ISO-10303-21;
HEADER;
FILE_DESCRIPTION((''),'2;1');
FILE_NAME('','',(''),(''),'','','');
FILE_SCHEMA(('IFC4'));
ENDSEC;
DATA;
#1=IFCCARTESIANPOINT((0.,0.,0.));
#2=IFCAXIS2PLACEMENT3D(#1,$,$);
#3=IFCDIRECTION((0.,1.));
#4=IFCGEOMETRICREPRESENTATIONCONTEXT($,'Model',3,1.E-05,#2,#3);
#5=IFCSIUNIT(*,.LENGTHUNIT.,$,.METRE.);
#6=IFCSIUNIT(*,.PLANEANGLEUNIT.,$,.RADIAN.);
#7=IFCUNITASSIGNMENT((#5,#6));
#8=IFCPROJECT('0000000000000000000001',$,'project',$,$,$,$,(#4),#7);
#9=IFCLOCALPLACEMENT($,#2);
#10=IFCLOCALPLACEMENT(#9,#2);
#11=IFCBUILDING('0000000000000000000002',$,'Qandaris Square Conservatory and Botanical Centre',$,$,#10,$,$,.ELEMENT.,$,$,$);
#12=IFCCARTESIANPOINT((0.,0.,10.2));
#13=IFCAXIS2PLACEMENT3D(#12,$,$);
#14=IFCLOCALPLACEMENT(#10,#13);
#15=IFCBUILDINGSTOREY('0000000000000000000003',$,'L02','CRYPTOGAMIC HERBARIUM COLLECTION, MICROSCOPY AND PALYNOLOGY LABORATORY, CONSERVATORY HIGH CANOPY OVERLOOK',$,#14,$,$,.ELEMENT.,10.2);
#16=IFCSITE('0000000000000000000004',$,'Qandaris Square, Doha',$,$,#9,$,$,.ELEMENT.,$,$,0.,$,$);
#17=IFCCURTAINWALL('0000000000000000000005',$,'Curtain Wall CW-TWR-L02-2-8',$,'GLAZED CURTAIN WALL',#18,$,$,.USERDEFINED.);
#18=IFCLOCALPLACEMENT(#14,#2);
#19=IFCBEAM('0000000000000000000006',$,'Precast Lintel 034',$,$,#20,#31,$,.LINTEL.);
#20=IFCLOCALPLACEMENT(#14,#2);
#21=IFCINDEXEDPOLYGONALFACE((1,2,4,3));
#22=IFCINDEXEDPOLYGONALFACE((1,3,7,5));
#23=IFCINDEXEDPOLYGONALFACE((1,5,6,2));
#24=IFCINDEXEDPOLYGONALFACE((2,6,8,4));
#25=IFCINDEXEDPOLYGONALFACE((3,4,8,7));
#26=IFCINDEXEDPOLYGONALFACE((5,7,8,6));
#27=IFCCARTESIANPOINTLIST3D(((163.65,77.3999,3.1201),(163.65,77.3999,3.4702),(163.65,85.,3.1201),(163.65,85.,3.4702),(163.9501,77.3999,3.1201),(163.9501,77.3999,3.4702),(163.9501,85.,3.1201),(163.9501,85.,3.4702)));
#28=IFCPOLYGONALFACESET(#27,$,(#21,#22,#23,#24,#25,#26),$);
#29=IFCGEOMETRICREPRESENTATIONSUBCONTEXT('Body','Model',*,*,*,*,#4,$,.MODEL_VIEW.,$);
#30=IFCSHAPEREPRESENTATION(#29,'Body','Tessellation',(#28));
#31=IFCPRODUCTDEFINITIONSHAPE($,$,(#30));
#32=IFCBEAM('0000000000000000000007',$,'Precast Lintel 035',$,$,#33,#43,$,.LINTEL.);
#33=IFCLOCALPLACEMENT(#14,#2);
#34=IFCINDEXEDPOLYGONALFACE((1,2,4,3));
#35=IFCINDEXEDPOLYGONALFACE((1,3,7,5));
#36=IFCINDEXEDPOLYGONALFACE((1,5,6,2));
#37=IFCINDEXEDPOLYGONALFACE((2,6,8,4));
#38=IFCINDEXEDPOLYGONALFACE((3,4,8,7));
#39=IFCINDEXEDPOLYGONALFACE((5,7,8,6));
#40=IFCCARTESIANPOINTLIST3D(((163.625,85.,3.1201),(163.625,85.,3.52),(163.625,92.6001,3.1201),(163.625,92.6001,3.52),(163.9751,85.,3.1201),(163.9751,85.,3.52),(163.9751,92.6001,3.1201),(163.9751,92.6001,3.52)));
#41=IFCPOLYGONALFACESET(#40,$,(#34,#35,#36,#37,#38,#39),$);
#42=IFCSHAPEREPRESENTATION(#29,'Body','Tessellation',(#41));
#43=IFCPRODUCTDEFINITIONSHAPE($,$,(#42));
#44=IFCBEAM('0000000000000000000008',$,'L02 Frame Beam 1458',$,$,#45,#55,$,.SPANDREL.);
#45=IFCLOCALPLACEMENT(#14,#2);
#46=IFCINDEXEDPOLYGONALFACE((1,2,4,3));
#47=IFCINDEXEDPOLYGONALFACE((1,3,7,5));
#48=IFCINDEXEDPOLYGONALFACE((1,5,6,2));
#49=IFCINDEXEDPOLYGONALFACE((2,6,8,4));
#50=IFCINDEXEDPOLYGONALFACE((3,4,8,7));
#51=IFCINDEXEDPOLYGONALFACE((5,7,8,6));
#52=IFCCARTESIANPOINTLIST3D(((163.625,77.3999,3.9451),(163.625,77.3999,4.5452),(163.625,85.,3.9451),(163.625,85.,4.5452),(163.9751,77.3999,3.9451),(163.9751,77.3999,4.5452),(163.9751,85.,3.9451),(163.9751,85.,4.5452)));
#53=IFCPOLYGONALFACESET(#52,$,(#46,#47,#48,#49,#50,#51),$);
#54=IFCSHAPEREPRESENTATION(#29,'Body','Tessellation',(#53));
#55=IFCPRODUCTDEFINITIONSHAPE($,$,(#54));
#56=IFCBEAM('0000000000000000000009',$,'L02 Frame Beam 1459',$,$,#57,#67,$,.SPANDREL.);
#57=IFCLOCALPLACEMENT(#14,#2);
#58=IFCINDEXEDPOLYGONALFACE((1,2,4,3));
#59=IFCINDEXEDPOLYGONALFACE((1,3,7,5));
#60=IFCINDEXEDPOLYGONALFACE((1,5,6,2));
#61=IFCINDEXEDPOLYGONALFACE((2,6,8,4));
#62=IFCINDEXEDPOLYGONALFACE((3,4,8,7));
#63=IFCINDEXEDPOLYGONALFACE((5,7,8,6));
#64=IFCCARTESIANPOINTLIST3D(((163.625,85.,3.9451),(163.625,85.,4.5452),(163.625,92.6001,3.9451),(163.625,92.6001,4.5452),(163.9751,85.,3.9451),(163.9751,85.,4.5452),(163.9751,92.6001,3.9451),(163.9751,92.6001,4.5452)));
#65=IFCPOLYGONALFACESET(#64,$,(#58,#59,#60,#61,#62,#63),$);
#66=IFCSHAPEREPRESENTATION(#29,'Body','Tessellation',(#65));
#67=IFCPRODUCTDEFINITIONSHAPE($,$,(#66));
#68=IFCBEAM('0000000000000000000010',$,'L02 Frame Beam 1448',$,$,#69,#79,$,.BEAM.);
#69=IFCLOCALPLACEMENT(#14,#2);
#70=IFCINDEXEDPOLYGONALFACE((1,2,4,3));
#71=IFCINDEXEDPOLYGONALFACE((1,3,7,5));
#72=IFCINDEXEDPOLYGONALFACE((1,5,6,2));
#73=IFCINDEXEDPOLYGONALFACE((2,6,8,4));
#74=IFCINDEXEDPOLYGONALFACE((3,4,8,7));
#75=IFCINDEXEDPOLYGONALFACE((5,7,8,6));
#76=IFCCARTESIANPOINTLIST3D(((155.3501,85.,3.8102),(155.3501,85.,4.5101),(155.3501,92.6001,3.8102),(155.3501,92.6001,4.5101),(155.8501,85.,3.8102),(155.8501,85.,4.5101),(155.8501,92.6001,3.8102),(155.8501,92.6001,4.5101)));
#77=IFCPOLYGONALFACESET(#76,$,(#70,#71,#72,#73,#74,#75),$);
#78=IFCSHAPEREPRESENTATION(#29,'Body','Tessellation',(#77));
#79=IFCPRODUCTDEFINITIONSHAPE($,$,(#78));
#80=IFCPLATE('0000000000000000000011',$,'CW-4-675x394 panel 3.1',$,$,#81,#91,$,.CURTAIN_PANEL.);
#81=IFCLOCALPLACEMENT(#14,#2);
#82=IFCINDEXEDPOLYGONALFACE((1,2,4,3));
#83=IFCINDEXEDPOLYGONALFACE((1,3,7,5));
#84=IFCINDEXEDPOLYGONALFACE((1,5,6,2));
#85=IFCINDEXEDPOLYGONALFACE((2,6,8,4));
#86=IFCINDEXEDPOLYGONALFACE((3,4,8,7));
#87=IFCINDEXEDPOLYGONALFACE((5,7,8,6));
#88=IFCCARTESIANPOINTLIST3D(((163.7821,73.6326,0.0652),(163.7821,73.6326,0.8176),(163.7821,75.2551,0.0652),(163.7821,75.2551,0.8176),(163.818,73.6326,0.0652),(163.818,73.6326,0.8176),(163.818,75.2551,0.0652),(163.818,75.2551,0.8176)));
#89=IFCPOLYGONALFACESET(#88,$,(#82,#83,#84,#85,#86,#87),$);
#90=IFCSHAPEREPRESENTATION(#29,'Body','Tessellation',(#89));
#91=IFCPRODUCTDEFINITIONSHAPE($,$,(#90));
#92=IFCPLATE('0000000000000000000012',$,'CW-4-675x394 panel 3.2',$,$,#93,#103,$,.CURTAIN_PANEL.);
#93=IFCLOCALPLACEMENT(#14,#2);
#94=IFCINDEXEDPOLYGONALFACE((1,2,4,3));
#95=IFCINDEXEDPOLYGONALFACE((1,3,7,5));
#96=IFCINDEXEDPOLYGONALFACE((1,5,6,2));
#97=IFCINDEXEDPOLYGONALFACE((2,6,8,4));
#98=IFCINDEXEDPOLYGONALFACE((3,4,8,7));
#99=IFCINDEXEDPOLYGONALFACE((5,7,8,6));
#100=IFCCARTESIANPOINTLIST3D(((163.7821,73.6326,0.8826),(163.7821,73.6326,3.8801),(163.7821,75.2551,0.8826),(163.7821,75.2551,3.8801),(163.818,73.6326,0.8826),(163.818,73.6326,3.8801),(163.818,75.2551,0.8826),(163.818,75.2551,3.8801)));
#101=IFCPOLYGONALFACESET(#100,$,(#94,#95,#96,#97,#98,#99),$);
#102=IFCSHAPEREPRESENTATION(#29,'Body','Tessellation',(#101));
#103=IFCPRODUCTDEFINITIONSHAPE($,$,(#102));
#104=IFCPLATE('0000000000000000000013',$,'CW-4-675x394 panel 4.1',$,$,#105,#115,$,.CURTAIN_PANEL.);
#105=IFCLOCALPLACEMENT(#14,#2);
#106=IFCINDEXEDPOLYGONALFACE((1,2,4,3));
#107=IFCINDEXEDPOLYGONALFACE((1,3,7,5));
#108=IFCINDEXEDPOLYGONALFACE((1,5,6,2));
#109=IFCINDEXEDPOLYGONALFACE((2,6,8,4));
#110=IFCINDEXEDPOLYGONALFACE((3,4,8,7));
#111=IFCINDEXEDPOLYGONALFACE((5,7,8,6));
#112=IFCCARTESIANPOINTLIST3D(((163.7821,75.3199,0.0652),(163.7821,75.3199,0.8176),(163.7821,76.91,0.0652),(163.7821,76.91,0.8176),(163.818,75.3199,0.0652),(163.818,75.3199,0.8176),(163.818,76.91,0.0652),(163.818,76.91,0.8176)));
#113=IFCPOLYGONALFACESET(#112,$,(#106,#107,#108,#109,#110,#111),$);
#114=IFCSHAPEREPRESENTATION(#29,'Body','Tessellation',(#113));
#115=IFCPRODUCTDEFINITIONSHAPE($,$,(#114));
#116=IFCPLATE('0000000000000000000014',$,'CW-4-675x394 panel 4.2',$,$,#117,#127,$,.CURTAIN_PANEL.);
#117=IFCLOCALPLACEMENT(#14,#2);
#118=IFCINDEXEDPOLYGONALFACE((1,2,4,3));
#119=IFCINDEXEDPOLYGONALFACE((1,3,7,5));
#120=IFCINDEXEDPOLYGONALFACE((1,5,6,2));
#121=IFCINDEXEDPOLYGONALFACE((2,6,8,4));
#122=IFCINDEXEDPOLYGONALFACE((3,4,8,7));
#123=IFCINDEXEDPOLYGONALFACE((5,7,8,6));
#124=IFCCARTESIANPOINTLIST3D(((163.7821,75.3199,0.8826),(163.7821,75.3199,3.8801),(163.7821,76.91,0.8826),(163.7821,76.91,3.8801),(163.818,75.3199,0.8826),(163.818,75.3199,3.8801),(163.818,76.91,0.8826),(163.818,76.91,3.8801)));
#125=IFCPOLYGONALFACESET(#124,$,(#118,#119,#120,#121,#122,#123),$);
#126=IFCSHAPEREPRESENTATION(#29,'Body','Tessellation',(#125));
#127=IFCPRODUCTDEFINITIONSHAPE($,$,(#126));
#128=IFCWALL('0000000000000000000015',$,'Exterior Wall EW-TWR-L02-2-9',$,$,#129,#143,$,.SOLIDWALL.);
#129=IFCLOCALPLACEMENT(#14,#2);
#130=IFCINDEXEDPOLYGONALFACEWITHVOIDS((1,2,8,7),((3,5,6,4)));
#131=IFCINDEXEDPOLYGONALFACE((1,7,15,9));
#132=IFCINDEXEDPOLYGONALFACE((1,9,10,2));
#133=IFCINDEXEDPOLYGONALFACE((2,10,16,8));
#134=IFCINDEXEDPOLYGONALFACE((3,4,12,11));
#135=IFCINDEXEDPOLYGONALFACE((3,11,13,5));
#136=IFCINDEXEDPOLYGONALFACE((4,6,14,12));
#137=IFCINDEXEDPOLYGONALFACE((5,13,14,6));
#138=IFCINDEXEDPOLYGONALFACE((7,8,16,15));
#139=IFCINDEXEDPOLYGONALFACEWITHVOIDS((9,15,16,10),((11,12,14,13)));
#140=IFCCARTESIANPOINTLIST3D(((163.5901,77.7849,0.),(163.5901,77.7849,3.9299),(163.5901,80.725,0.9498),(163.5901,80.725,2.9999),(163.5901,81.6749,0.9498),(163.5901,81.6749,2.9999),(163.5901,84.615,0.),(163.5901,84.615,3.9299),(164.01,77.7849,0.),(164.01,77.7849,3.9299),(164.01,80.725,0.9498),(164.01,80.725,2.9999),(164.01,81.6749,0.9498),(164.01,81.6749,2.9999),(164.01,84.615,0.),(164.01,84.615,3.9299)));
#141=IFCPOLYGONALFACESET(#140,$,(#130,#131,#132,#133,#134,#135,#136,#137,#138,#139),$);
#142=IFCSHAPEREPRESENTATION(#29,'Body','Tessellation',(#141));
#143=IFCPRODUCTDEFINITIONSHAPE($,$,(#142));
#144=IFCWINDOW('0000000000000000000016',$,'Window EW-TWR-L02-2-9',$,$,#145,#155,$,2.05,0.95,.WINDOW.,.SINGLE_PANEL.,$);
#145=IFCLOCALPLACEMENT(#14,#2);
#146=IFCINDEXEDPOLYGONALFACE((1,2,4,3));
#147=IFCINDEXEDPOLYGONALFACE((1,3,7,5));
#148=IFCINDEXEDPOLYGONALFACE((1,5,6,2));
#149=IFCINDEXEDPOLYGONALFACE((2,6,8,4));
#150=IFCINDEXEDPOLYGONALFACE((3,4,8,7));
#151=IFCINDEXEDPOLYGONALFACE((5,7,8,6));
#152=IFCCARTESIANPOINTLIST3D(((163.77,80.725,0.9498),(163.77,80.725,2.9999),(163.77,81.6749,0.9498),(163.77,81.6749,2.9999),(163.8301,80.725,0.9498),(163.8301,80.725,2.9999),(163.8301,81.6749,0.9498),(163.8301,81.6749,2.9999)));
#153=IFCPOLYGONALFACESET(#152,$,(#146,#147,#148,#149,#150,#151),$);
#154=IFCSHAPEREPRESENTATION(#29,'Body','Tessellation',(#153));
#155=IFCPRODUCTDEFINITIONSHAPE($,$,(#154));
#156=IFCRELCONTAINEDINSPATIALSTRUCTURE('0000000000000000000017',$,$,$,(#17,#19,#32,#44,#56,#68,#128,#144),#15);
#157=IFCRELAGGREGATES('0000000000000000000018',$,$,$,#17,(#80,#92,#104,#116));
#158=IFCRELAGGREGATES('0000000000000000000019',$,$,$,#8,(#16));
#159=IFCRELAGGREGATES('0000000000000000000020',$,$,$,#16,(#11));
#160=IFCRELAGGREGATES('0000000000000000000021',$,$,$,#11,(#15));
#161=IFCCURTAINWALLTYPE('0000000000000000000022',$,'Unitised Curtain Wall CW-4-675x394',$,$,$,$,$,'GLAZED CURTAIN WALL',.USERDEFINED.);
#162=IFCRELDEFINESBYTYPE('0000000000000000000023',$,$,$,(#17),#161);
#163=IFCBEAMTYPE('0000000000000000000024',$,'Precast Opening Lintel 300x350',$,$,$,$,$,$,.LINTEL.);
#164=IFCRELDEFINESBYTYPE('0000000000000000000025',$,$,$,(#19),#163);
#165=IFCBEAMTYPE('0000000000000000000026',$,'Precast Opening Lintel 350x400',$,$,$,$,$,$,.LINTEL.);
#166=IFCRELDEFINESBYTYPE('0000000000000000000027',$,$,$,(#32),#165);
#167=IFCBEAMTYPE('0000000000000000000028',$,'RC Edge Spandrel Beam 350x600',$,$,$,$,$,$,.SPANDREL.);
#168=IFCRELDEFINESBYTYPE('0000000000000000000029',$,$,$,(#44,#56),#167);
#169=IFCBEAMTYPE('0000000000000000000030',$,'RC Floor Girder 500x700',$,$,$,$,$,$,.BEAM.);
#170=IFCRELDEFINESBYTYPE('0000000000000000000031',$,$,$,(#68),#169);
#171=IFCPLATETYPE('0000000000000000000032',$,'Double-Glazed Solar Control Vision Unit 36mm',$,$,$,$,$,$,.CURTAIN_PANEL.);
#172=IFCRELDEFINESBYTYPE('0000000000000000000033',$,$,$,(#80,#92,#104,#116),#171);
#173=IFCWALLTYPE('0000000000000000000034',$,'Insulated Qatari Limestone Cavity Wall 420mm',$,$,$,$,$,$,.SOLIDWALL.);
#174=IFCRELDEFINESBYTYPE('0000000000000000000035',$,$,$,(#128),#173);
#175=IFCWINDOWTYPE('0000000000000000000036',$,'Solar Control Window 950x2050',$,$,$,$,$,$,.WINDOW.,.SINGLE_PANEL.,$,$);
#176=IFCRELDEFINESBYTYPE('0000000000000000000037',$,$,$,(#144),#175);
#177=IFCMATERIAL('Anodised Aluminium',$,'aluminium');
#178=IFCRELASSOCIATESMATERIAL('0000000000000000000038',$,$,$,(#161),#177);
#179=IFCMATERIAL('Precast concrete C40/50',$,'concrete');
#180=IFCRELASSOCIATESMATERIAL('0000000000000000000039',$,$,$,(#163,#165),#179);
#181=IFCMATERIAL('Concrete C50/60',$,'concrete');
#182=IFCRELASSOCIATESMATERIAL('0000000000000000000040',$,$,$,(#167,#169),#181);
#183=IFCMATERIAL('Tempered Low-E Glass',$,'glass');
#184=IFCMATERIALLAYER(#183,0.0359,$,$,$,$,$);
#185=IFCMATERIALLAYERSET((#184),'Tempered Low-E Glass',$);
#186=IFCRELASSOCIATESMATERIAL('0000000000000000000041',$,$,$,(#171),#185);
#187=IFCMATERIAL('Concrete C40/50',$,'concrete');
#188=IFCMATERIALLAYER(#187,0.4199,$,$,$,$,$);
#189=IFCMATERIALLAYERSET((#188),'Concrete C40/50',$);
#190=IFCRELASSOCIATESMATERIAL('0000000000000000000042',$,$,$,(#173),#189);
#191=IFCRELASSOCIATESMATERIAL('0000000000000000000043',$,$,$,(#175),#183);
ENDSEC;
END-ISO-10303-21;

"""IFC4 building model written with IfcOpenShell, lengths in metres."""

from ifc_helpers import new_model, si_unit, direction, frame, frame_2d, origin, origin_2d, place, context, subcontext, project, spatial, rectangle, extrude, material, layer, layer_set, material_profile, profile_set, type_object, element, fill, aggregate, save


model = new_model("IFC4")

# Units and contexts
model_context = context("Model", 3, precision=1e-05, world=origin(), true_north=direction((0.0, 1.0)))
body_context = subcontext(model_context, "Body", "Model", "MODEL_VIEW")
ifc_project = project(units=[si_unit("LENGTHUNIT", "METRE"), si_unit("PLANEANGLEUNIT", "RADIAN")], contexts=[model_context])

# Site, building, storey
site_placement = place(None, origin())
site = spatial("IfcSite", under=ifc_project, at=site_placement, Name="Qandaris Square, Doha", CompositionType="ELEMENT", RefElevation=0.0)
building_placement = place(site_placement, origin())
building = spatial("IfcBuilding", under=site, at=building_placement, Name="Qandaris Square Conservatory and Botanical Centre", CompositionType="ELEMENT")
storey_placement = place(building_placement, frame((0.0, 0.0, 10.2)))
storey = spatial("IfcBuildingStorey", under=building, at=storey_placement, Name="L02", Description="CRYPTOGAMIC HERBARIUM COLLECTION, MICROSCOPY AND PALYNOLOGY LABORATORY, CONSERVATORY HIGH CANOPY OVERLOOK", CompositionType="ELEMENT", Elevation=10.2)

# Shared definitions
ifc_material_1 = material(Name="Concrete C50/60", Category="concrete")

# Curtain wall
ifc_material_2 = material(Name="Anodised Aluminium", Category="aluminium")
curtain_wall_type = type_object("IfcCurtainWallType", Name="Unitised Curtain Wall CW-4-675x394", ElementType="GLAZED CURTAIN WALL", PredefinedType="USERDEFINED", material=ifc_material_2)
curtain_wall_placement = place(storey_placement, origin())
curtain_wall = element("IfcCurtainWall", 1, at=curtain_wall_placement, inside=storey, type_object=curtain_wall_type, Name="Curtain Wall CW-TWR-L02-2-8", ObjectType="GLAZED CURTAIN WALL", PredefinedType="USERDEFINED")

# Beams
ifc_material_3 = material(Name="Precast concrete C40/50", Category="concrete")
ifc_material_profile_1 = material_profile(ifc_material_3, rectangle(XDim=0.3, YDim=0.3501, at=origin_2d()), Name="RC-LN 300x350")
ifc_profile_set_1 = profile_set([ifc_material_profile_1], Name="Precast concrete C40/50")
beam_type_1 = type_object("IfcBeamType", Name="Precast Opening Lintel 300x350", PredefinedType="LINTEL", material=ifc_profile_set_1)
beam_1_placement = place(storey_placement, frame((163.8, 77.3999, 3.2952), z_axis=(0.0, 1.0, 0.0), x_axis=(-1.0, 0.0, 0.0)))
element("IfcBeam", 2, at=beam_1_placement, inside=storey, type_object=beam_type_1, Name="Precast Lintel 034", PredefinedType="LINTEL", context=body_context, shape_type="SweptSolid", body=[
    extrude(rectangle(XDim=0.3, YDim=0.3501, at=origin_2d()), origin(), (0.0, 0.0, 1.0), 7.6001),
])
ifc_material_profile_2 = material_profile(ifc_material_3, rectangle(XDim=0.3501, YDim=0.3999, at=origin_2d()), Name="RC-LN 350x400")
ifc_profile_set_2 = profile_set([ifc_material_profile_2], Name="Precast concrete C40/50")
beam_type_2 = type_object("IfcBeamType", Name="Precast Opening Lintel 350x400", PredefinedType="LINTEL", material=ifc_profile_set_2)
beam_2_placement = place(storey_placement, frame((163.8, 85.0, 3.3201), z_axis=(0.0, 1.0, 0.0), x_axis=(-1.0, 0.0, 0.0)))
element("IfcBeam", 3, at=beam_2_placement, inside=storey, type_object=beam_type_2, Name="Precast Lintel 035", PredefinedType="LINTEL", context=body_context, shape_type="SweptSolid", body=[
    extrude(rectangle(XDim=0.3501, YDim=0.3999, at=origin_2d()), origin(), (0.0, 0.0, 1.0), 7.6001),
])
ifc_material_profile_3 = material_profile(ifc_material_1, rectangle(XDim=0.3501, YDim=0.6001, at=origin_2d()), Name="RC-SP 350x600")
ifc_profile_set_3 = profile_set([ifc_material_profile_3], Name="Concrete C50/60")
beam_type_3 = type_object("IfcBeamType", Name="RC Edge Spandrel Beam 350x600", PredefinedType="SPANDREL", material=ifc_profile_set_3)
for number, where, z_axis, x_axis, name in (
    (4, (163.8, 77.3999, 4.2451), (0.0, 1.0, 0.0), (-1.0, 0.0, 0.0), "L02 Frame Beam 1458"),
    (5, (163.8, 85.0, 4.2451), (0.0, 1.0, 0.0), (-1.0, 0.0, 0.0), "L02 Frame Beam 1459"),
):
    element("IfcBeam", number, at=place(storey_placement, frame(where, z_axis=z_axis, x_axis=x_axis)), inside=storey, type_object=beam_type_3, Name=name, PredefinedType="SPANDREL", context=body_context, shape_type="SweptSolid", body=[
        extrude(rectangle(XDim=0.3501, YDim=0.6001, at=origin_2d()), origin(), (0.0, 0.0, 1.0), 7.6001),
    ])
ifc_material_profile_4 = material_profile(ifc_material_1, rectangle(XDim=0.5, YDim=0.7, at=origin_2d()), Name="RC-BM 500x700")
ifc_profile_set_4 = profile_set([ifc_material_profile_4], Name="Concrete C50/60")
beam_type_4 = type_object("IfcBeamType", Name="RC Floor Girder 500x700", PredefinedType="BEAM", material=ifc_profile_set_4)
beam_3_placement = place(storey_placement, frame((155.6001, 85.0, 4.1602), z_axis=(0.0, 1.0, 0.0), x_axis=(-1.0, 0.0, 0.0)))
element("IfcBeam", 6, at=beam_3_placement, inside=storey, type_object=beam_type_4, Name="L02 Frame Beam 1448", PredefinedType="BEAM", context=body_context, shape_type="SweptSolid", body=[
    extrude(rectangle(XDim=0.5, YDim=0.7, at=origin_2d()), origin(), (0.0, 0.0, 1.0), 7.6001),
])

# Plates
ifc_material_4 = material(Name="Tempered Low-E Glass", Category="glass")
ifc_layer_1 = layer(ifc_material_4, 0.0359)
ifc_layer_set_1 = layer_set([ifc_layer_1], Name="Tempered Low-E Glass")
plate_type = type_object("IfcPlateType", Name="Double-Glazed Solar Control Vision Unit 36mm", PredefinedType="CURTAIN_PANEL", material=ifc_layer_set_1)
plate_1_placement = place(storey_placement, frame((163.8, 74.4438, 0.0652), z_axis=(0.0, 0.0, 1.0), x_axis=(0.0, 1.0, 0.0)))
plate_1 = element("IfcPlate", 7, at=plate_1_placement, type_object=plate_type, Name="CW-4-675x394 panel 3.1", PredefinedType="CURTAIN_PANEL", context=body_context, shape_type="SweptSolid", body=[
    extrude(rectangle(XDim=1.6226, YDim=0.0359, at=origin_2d()), origin(), (0.0, 0.0, 1.0), 0.7524),
])
plate_2_placement = place(storey_placement, frame((163.8, 74.4438, 0.8826), z_axis=(0.0, 0.0, 1.0), x_axis=(0.0, 1.0, 0.0)))
plate_2 = element("IfcPlate", 8, at=plate_2_placement, type_object=plate_type, Name="CW-4-675x394 panel 3.2", PredefinedType="CURTAIN_PANEL", context=body_context, shape_type="SweptSolid", body=[
    extrude(rectangle(XDim=1.6226, YDim=0.0359, at=origin_2d()), origin(), (0.0, 0.0, 1.0), 2.9976),
])
plate_3_placement = place(storey_placement, frame((163.8, 76.115, 0.0652), z_axis=(0.0, 0.0, 1.0), x_axis=(0.0, 1.0, 0.0)))
plate_3 = element("IfcPlate", 9, at=plate_3_placement, type_object=plate_type, Name="CW-4-675x394 panel 4.1", PredefinedType="CURTAIN_PANEL", context=body_context, shape_type="SweptSolid", body=[
    extrude(rectangle(XDim=1.5901, YDim=0.0359, at=origin_2d()), origin(), (0.0, 0.0, 1.0), 0.7524),
])
plate_4_placement = place(storey_placement, frame((163.8, 76.115, 0.8826), z_axis=(0.0, 0.0, 1.0), x_axis=(0.0, 1.0, 0.0)))
plate_4 = element("IfcPlate", 10, at=plate_4_placement, type_object=plate_type, Name="CW-4-675x394 panel 4.2", PredefinedType="CURTAIN_PANEL", context=body_context, shape_type="SweptSolid", body=[
    extrude(rectangle(XDim=1.5901, YDim=0.0359, at=origin_2d()), origin(), (0.0, 0.0, 1.0), 2.9976),
])
aggregate(curtain_wall, [plate_1, plate_2, plate_3, plate_4])

# Wall, opening, window
ifc_material_5 = material(Name="Concrete C40/50", Category="concrete")
ifc_layer_2 = layer(ifc_material_5, 0.4199)
ifc_layer_set_2 = layer_set([ifc_layer_2], Name="Concrete C40/50")
wall_type = type_object("IfcWallType", Name="Insulated Qatari Limestone Cavity Wall 420mm", PredefinedType="SOLIDWALL", material=ifc_layer_set_2)
wall_1_placement = place(storey_placement, frame((163.8, 77.7849, 0.0), z_axis=(0.0, 0.0, 1.0), x_axis=(0.0, 1.0, 0.0)))
wall_1 = element("IfcWall", 11, at=wall_1_placement, inside=storey, type_object=wall_type, Name="Exterior Wall EW-TWR-L02-2-9", PredefinedType="SOLIDWALL", context=body_context, shape_type="SweptSolid", body=[
    extrude(rectangle(XDim=6.8301, YDim=0.4199, at=frame_2d((3.415, 0.0))), origin(), (0.0, 0.0, 1.0), 3.9299),
])
opening_1_placement = place(wall_1_placement, frame((2.9399, 0.0, 0.95)))
opening_1 = element("IfcOpeningElement", 12, at=opening_1_placement, cuts=wall_1, PredefinedType="OPENING", context=body_context, shape_type="SweptSolid", body=[
    extrude(rectangle(XDim=0.95, YDim=2.05, at=frame_2d((0.4751, 1.0249))), frame((0.0, 0.2219, 0.0), z_axis=(0.0, -1.0, 0.0), x_axis=(1.0, 0.0, 0.0)), (0.0, 0.0, 1.0), 0.4438),
])
window_type_1 = type_object("IfcWindowType", Name="Solar Control Window 950x2050", PartitioningType="SINGLE_PANEL", PredefinedType="WINDOW", material=ifc_material_4)
window_1_placement = place(opening_1_placement, origin())
window_1 = element("IfcWindow", 13, at=window_1_placement, inside=storey, type_object=window_type_1, Name="Window EW-TWR-L02-2-9", OverallHeight=2.05, OverallWidth=0.95, PartitioningType="SINGLE_PANEL", PredefinedType="WINDOW", context=body_context, shape_type="SweptSolid", body=[
    extrude(rectangle(XDim=0.95, YDim=2.05, at=frame_2d((0.4751, 1.0249))), frame((0.0, 0.03, 0.0), z_axis=(0.0, -1.0, 0.0), x_axis=(1.0, 0.0, 0.0)), (0.0, 0.0, 1.0), 0.0601),
])
fill(opening_1, window_1)

save(model, "model.ifc")
